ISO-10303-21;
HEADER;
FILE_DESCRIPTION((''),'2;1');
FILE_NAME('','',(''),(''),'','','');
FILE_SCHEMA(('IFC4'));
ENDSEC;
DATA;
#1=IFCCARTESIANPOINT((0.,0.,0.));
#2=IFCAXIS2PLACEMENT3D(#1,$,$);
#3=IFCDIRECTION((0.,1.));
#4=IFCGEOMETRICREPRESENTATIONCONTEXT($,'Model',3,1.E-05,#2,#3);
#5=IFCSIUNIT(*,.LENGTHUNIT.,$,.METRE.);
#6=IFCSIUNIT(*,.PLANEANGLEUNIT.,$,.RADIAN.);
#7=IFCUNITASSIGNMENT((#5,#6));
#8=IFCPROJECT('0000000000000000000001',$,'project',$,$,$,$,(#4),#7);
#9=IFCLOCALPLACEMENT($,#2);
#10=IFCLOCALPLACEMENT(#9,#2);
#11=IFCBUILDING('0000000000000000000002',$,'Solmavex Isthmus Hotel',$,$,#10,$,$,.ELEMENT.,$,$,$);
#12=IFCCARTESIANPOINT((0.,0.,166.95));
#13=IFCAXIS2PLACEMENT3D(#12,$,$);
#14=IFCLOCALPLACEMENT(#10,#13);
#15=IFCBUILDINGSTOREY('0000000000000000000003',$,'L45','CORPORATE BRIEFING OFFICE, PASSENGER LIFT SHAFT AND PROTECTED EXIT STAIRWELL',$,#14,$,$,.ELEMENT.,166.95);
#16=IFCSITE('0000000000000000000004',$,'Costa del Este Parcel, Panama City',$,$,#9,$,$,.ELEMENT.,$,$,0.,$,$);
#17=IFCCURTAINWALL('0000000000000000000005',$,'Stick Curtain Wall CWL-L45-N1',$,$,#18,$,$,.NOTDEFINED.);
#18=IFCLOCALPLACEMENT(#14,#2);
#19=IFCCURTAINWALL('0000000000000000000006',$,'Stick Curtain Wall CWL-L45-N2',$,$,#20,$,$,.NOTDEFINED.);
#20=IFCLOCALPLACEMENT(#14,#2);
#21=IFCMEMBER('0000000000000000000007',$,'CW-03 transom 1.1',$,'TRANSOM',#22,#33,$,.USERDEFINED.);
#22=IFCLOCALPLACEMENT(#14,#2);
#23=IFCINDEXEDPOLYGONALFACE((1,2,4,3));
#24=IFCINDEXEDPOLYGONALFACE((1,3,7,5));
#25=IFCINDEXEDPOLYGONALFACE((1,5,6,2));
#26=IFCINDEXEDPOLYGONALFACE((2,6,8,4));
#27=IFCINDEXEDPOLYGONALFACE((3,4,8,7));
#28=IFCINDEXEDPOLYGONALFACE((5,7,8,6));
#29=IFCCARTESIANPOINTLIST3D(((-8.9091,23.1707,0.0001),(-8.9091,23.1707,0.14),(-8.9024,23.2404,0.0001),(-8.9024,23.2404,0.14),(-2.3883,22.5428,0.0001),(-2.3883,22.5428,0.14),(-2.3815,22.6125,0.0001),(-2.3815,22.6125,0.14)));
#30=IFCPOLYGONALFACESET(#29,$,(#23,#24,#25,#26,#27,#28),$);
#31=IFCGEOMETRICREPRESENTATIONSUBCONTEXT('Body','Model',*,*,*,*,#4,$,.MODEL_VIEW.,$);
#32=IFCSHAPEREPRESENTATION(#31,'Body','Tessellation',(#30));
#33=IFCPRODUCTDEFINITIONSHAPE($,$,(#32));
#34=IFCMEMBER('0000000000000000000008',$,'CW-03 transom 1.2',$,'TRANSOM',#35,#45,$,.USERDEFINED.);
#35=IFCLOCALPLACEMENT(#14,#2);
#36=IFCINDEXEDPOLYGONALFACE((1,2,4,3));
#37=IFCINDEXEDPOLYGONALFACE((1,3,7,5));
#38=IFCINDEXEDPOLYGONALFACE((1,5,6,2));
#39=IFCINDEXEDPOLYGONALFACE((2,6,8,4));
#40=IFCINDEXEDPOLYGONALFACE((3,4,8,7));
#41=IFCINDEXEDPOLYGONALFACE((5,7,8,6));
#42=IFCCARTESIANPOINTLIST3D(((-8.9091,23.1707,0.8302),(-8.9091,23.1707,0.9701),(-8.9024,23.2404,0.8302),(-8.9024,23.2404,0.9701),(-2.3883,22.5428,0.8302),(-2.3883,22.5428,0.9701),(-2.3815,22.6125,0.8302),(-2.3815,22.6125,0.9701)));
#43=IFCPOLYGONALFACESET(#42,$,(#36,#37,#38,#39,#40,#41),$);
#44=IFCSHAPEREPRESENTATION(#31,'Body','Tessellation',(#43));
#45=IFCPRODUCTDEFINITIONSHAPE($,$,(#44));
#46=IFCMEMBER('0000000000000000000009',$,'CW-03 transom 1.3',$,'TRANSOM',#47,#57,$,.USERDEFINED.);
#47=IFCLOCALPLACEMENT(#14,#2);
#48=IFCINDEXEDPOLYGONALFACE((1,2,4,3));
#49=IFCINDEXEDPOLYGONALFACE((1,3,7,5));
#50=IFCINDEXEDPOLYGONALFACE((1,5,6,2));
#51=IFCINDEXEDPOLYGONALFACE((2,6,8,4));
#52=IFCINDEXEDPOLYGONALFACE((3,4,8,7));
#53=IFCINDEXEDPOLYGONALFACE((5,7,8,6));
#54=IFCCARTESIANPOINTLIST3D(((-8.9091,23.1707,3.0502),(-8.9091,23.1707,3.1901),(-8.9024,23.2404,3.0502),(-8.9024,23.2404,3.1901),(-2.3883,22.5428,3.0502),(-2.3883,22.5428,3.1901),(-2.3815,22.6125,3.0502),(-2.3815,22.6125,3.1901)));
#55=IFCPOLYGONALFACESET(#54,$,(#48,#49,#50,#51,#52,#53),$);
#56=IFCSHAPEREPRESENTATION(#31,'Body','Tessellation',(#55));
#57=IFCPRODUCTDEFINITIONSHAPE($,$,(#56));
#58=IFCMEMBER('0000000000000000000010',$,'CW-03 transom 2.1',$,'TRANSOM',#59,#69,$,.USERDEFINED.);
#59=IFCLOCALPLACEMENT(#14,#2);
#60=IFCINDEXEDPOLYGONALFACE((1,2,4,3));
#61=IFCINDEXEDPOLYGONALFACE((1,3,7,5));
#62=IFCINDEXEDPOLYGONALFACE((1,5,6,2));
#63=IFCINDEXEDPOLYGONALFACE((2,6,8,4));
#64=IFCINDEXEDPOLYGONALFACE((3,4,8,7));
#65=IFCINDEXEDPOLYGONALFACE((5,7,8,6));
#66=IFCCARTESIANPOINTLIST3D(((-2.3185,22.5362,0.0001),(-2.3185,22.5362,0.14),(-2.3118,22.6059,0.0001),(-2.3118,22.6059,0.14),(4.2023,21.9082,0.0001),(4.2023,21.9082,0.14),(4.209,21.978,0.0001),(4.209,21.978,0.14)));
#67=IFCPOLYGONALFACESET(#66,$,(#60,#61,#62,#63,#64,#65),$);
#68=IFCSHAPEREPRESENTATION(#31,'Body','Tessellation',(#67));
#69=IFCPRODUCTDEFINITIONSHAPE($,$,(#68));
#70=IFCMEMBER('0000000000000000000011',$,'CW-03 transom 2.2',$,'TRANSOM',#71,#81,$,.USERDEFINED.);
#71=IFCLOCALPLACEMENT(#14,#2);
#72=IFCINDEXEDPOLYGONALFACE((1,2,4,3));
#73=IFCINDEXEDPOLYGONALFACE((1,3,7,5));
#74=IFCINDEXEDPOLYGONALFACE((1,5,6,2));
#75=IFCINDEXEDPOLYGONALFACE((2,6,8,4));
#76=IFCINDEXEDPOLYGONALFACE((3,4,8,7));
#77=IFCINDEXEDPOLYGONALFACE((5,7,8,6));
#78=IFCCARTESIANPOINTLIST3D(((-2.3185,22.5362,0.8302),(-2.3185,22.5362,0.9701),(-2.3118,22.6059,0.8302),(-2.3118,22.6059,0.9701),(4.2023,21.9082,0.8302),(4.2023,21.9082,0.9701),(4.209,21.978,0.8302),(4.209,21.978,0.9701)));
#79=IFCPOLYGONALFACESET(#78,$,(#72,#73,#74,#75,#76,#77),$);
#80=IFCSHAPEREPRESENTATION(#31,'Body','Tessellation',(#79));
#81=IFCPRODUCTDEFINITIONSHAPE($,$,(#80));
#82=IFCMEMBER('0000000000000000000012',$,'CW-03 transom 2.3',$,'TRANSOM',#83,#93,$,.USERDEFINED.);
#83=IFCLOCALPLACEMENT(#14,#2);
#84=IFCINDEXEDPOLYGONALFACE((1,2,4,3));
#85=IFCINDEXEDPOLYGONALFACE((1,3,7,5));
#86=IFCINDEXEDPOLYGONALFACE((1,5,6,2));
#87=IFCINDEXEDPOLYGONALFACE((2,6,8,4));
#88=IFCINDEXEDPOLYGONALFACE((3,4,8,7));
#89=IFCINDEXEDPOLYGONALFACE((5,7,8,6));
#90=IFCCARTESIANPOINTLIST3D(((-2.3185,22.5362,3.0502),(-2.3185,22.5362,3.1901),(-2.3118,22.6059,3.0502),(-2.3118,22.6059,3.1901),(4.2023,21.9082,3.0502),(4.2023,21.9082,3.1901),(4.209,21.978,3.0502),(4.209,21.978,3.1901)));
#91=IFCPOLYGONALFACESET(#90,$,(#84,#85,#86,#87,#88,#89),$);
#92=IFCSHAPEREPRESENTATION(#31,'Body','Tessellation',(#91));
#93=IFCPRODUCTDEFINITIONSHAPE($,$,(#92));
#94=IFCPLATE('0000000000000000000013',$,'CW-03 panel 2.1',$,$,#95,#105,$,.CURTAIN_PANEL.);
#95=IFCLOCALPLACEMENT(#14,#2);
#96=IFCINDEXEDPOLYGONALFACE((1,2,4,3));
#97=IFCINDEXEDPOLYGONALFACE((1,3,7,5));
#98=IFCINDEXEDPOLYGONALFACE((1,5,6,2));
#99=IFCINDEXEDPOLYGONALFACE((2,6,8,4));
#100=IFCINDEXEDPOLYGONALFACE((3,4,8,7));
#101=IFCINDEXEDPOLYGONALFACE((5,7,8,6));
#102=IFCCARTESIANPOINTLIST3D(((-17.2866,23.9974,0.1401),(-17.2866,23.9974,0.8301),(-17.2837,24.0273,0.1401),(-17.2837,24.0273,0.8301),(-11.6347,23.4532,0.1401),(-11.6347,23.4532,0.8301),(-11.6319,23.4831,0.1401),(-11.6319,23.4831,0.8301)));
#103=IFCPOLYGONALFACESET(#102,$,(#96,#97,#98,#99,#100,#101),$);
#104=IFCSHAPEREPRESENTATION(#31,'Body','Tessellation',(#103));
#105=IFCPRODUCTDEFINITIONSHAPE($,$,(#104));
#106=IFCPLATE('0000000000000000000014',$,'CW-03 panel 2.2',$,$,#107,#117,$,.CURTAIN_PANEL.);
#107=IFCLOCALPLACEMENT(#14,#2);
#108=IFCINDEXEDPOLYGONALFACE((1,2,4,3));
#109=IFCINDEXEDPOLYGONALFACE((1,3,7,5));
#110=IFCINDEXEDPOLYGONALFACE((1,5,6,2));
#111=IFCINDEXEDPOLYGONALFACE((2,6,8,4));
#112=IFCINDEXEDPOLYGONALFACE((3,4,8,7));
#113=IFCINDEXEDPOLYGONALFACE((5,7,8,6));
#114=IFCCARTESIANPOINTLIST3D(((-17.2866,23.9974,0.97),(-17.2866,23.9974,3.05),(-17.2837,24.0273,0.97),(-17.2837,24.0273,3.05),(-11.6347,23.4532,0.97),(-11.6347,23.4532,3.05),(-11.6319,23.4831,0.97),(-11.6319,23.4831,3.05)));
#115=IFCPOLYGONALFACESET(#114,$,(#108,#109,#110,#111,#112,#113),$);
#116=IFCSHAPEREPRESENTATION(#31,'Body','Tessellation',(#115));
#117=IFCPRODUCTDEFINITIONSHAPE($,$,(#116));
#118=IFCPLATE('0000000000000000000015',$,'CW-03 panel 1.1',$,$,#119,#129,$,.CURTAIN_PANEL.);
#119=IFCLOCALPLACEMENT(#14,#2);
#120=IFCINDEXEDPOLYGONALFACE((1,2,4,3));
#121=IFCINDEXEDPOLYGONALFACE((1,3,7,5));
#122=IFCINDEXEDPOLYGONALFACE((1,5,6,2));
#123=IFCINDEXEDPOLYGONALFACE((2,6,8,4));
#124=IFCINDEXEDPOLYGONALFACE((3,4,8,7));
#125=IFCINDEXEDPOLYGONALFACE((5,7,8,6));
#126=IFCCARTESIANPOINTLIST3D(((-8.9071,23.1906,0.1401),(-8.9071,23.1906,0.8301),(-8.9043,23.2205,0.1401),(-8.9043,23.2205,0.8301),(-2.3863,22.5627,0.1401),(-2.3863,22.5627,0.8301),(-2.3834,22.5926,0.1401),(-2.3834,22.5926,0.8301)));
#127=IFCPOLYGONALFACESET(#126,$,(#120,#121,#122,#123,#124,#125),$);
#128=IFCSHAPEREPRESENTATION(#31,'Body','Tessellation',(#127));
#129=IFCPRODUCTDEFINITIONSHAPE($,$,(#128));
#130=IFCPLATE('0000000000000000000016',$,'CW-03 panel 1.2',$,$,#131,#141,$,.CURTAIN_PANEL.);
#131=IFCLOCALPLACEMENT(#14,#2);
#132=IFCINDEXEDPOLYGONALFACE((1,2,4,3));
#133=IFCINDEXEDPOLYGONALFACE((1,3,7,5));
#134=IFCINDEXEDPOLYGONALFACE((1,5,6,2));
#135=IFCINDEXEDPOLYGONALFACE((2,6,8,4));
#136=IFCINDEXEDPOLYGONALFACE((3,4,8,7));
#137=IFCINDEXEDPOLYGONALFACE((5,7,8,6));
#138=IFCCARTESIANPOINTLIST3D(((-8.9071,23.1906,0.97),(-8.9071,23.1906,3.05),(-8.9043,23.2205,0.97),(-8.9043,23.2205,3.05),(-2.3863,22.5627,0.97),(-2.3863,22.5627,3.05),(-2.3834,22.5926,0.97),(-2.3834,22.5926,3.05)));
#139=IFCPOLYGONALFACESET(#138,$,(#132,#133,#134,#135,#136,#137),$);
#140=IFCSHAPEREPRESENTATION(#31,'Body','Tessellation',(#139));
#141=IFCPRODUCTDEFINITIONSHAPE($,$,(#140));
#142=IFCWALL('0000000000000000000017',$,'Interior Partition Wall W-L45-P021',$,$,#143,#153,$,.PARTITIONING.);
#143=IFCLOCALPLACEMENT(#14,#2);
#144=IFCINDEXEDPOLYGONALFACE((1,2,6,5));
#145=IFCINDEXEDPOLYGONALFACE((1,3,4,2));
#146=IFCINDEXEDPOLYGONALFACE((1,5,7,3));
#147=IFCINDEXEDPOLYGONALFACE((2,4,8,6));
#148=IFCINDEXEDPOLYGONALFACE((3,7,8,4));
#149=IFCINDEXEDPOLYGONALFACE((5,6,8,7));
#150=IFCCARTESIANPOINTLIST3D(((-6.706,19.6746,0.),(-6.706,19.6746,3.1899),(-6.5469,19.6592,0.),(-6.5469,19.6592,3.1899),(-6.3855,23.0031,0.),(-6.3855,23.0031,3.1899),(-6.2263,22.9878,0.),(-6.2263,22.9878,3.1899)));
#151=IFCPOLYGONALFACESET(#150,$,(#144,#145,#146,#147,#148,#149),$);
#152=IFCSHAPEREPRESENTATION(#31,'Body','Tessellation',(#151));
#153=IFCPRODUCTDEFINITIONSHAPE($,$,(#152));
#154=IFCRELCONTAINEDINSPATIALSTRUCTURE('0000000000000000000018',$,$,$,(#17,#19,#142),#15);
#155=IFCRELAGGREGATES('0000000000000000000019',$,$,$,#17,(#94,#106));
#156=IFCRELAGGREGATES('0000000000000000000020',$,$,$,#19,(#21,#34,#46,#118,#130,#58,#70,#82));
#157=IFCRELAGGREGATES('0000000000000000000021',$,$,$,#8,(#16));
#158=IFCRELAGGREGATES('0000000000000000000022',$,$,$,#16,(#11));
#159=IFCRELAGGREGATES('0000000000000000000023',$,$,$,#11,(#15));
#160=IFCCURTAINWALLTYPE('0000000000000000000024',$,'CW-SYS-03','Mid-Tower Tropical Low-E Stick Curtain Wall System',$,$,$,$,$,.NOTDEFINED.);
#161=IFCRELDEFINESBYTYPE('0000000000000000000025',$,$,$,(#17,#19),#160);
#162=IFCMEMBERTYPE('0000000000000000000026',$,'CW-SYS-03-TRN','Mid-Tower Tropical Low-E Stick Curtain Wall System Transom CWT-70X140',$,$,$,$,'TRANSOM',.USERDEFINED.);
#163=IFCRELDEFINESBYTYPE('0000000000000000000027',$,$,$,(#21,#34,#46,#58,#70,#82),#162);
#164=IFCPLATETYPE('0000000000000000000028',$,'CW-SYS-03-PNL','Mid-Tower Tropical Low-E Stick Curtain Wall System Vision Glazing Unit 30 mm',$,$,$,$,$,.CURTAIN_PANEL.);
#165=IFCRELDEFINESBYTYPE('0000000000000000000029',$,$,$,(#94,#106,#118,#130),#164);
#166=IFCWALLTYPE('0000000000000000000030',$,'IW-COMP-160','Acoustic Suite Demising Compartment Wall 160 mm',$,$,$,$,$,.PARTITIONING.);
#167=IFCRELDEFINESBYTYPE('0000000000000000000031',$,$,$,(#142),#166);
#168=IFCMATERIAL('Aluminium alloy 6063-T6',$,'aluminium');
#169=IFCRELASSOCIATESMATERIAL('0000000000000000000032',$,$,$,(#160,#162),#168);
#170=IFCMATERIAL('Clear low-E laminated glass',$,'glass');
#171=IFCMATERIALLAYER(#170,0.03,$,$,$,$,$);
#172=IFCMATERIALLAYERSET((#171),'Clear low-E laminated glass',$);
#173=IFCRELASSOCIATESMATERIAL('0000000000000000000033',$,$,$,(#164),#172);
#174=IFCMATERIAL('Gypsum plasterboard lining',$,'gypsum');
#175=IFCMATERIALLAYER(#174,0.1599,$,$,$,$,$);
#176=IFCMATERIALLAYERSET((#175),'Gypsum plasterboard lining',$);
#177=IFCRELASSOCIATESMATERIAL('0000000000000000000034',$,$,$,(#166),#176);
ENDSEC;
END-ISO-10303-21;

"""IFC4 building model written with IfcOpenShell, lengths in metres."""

from ifc_helpers import new_model, si_unit, direction, frame, frame_2d, origin, origin_2d, place, context, subcontext, project, spatial, rectangle, extrude, material, layer, layer_set, material_profile, profile_set, type_object, element, aggregate, save


model = new_model("IFC4")

# Units and contexts
model_context = context("Model", 3, precision=1e-05, world=origin(), true_north=direction((0.0, 1.0)))
body_context = subcontext(model_context, "Body", "Model", "MODEL_VIEW")
ifc_project = project(units=[si_unit("LENGTHUNIT", "METRE"), si_unit("PLANEANGLEUNIT", "RADIAN")], contexts=[model_context])

# Site, building, storey
site_placement = place(None, origin())
site = spatial("IfcSite", under=ifc_project, at=site_placement, Name="Costa del Este Parcel, Panama City", CompositionType="ELEMENT", RefElevation=0.0)
building_placement = place(site_placement, origin())
building = spatial("IfcBuilding", under=site, at=building_placement, Name="Solmavex Isthmus Hotel", CompositionType="ELEMENT")
storey_placement = place(building_placement, frame((0.0, 0.0, 166.95)))
storey = spatial("IfcBuildingStorey", under=building, at=storey_placement, Name="L45", Description="CORPORATE BRIEFING OFFICE, PASSENGER LIFT SHAFT AND PROTECTED EXIT STAIRWELL", CompositionType="ELEMENT", Elevation=166.95)

# Curtain wall
ifc_material_1 = material(Name="Aluminium alloy 6063-T6", Category="aluminium")
curtain_wall_type = type_object("IfcCurtainWallType", Name="CW-SYS-03", Description="Mid-Tower Tropical Low-E Stick Curtain Wall System", PredefinedType="NOTDEFINED", material=ifc_material_1)
curtain_wall_1_placement = place(storey_placement, origin())
curtain_wall_1 = element("IfcCurtainWall", 1, at=curtain_wall_1_placement, inside=storey, type_object=curtain_wall_type, Name="Stick Curtain Wall CWL-L45-N1", PredefinedType="NOTDEFINED")

# Curtain wall, members
curtain_wall_2_placement = place(storey_placement, origin())
curtain_wall_2 = element("IfcCurtainWall", 2, at=curtain_wall_2_placement, inside=storey, type_object=curtain_wall_type, Name="Stick Curtain Wall CWL-L45-N2", PredefinedType="NOTDEFINED")
ifc_material_profile_1 = material_profile(ifc_material_1, rectangle(XDim=0.0701, YDim=0.1399, at=origin_2d()), Name="CWT-70X140")
ifc_profile_set_1 = profile_set([ifc_material_profile_1], Name="Aluminium alloy 6063-T6")
member_type_1 = type_object("IfcMemberType", Name="CW-SYS-03-TRN", Description="Mid-Tower Tropical Low-E Stick Curtain Wall System Transom CWT-70X140", ElementType="TRANSOM", PredefinedType="USERDEFINED", material=ifc_profile_set_1)
member_1_placement = place(storey_placement, frame((-8.9058, 23.2056, 0.0701), z_axis=(0.995395, -0.095854, 0.0), x_axis=(0.095854, 0.995395, 0.0)))
member_1 = element("IfcMember", 3, at=member_1_placement, type_object=member_type_1, Name="CW-03 transom 1.1", ObjectType="TRANSOM", PredefinedType="USERDEFINED", context=body_context, shape_type="SweptSolid", body=[
    extrude(rectangle(XDim=0.0701, YDim=0.1399, at=origin_2d()), origin(), (0.0, 0.0, 1.0), 6.551),
])
member_2_placement = place(storey_placement, frame((-8.9058, 23.2056, 0.9001), z_axis=(0.995395, -0.095854, 0.0), x_axis=(0.095854, 0.995395, 0.0)))
member_2 = element("IfcMember", 4, at=member_2_placement, type_object=member_type_1, Name="CW-03 transom 1.2", ObjectType="TRANSOM", PredefinedType="USERDEFINED", context=body_context, shape_type="SweptSolid", body=[
    extrude(rectangle(XDim=0.0701, YDim=0.1399, at=origin_2d()), origin(), (0.0, 0.0, 1.0), 6.551),
])
member_3_placement = place(storey_placement, frame((-8.9058, 23.2056, 3.1201), z_axis=(0.995395, -0.095854, 0.0), x_axis=(0.095854, 0.995395, 0.0)))
member_3 = element("IfcMember", 5, at=member_3_placement, type_object=member_type_1, Name="CW-03 transom 1.3", ObjectType="TRANSOM", PredefinedType="USERDEFINED", context=body_context, shape_type="SweptSolid", body=[
    extrude(rectangle(XDim=0.0701, YDim=0.1399, at=origin_2d()), origin(), (0.0, 0.0, 1.0), 6.551),
])
member_4_placement = place(storey_placement, frame((-2.3152, 22.571, 0.0701), z_axis=(0.995395, -0.095854, 0.0), x_axis=(0.095854, 0.995395, 0.0)))
member_4 = element("IfcMember", 6, at=member_4_placement, type_object=member_type_1, Name="CW-03 transom 2.1", ObjectType="TRANSOM", PredefinedType="USERDEFINED", context=body_context, shape_type="SweptSolid", body=[
    extrude(rectangle(XDim=0.0701, YDim=0.1399, at=origin_2d()), origin(), (0.0, 0.0, 1.0), 6.551),
])
member_5_placement = place(storey_placement, frame((-2.3152, 22.571, 0.9001), z_axis=(0.995395, -0.095854, 0.0), x_axis=(0.095854, 0.995395, 0.0)))
member_5 = element("IfcMember", 7, at=member_5_placement, type_object=member_type_1, Name="CW-03 transom 2.2", ObjectType="TRANSOM", PredefinedType="USERDEFINED", context=body_context, shape_type="SweptSolid", body=[
    extrude(rectangle(XDim=0.0701, YDim=0.1399, at=origin_2d()), origin(), (0.0, 0.0, 1.0), 6.551),
])
member_6_placement = place(storey_placement, frame((-2.3152, 22.571, 3.1201), z_axis=(0.995395, -0.095854, 0.0), x_axis=(0.095854, 0.995395, 0.0)))
member_6 = element("IfcMember", 8, at=member_6_placement, type_object=member_type_1, Name="CW-03 transom 2.3", ObjectType="TRANSOM", PredefinedType="USERDEFINED", context=body_context, shape_type="SweptSolid", body=[
    extrude(rectangle(XDim=0.0701, YDim=0.1399, at=origin_2d()), origin(), (0.0, 0.0, 1.0), 6.551),
])

# Plates
ifc_material_2 = material(Name="Clear low-E laminated glass", Category="glass")
ifc_layer_1 = layer(ifc_material_2, 0.03)
ifc_layer_set_1 = layer_set([ifc_layer_1], Name="Clear low-E laminated glass")
plate_type = type_object("IfcPlateType", Name="CW-SYS-03-PNL", Description="Mid-Tower Tropical Low-E Stick Curtain Wall System Vision Glazing Unit 30 mm", PredefinedType="CURTAIN_PANEL", material=ifc_layer_set_1)
plate_1_placement = place(storey_placement, frame((-14.4592, 23.7402, 0.1401), z_axis=(0.0, 0.0, 1.0), x_axis=(0.995396, -0.095846, 0.0)))
plate_1 = element("IfcPlate", 9, at=plate_1_placement, type_object=plate_type, Name="CW-03 panel 2.1", PredefinedType="CURTAIN_PANEL", context=body_context, shape_type="SweptSolid", body=[
    extrude(rectangle(XDim=5.678, YDim=0.03, at=origin_2d()), origin(), (0.0, 0.0, 1.0), 0.6899),
])
plate_2_placement = place(storey_placement, frame((-14.4592, 23.7402, 0.97), z_axis=(0.0, 0.0, 1.0), x_axis=(0.995396, -0.095846, 0.0)))
plate_2 = element("IfcPlate", 10, at=plate_2_placement, type_object=plate_type, Name="CW-03 panel 2.2", PredefinedType="CURTAIN_PANEL", context=body_context, shape_type="SweptSolid", body=[
    extrude(rectangle(XDim=5.678, YDim=0.03, at=origin_2d()), origin(), (0.0, 0.0, 1.0), 2.0801),
])
aggregate(curtain_wall_1, [plate_1, plate_2])
plate_3_placement = place(storey_placement, frame((-5.6453, 22.8916, 0.1401), z_axis=(0.0, 0.0, 1.0), x_axis=(0.995396, -0.095845, 0.0)))
plate_3 = element("IfcPlate", 11, at=plate_3_placement, type_object=plate_type, Name="CW-03 panel 1.1", PredefinedType="CURTAIN_PANEL", context=body_context, shape_type="SweptSolid", body=[
    extrude(rectangle(XDim=6.551, YDim=0.03, at=origin_2d()), origin(), (0.0, 0.0, 1.0), 0.6899),
])
plate_4_placement = place(storey_placement, frame((-5.6453, 22.8916, 0.97), z_axis=(0.0, 0.0, 1.0), x_axis=(0.995396, -0.095845, 0.0)))
plate_4 = element("IfcPlate", 12, at=plate_4_placement, type_object=plate_type, Name="CW-03 panel 1.2", PredefinedType="CURTAIN_PANEL", context=body_context, shape_type="SweptSolid", body=[
    extrude(rectangle(XDim=6.551, YDim=0.03, at=origin_2d()), origin(), (0.0, 0.0, 1.0), 2.0801),
])
aggregate(curtain_wall_2, [member_1, member_2, member_3, plate_3, plate_4, member_4, member_5, member_6])

# Wall
ifc_material_3 = material(Name="Gypsum plasterboard lining", Category="gypsum")
ifc_layer_2 = layer(ifc_material_3, 0.1599)
ifc_layer_set_2 = layer_set([ifc_layer_2], Name="Gypsum plasterboard lining")
wall_type_1 = type_object("IfcWallType", Name="IW-COMP-160", Description="Acoustic Suite Demising Compartment Wall 160 mm", PredefinedType="PARTITIONING", material=ifc_layer_set_2)
wall_1_placement = place(storey_placement, frame((-6.3059, 22.9954, 0.0), z_axis=(0.0, 0.0, 1.0), x_axis=(-0.09586, -0.995395, 0.0)))
element("IfcWall", 13, at=wall_1_placement, inside=storey, type_object=wall_type_1, Name="Interior Partition Wall W-L45-P021", PredefinedType="PARTITIONING", context=body_context, shape_type="SweptSolid", body=[
    extrude(rectangle(XDim=3.344, YDim=0.1599, at=frame_2d((1.6719, 0.0))), origin(), (0.0, 0.0, 1.0), 3.1899),
])

save(model, "model.ifc")
